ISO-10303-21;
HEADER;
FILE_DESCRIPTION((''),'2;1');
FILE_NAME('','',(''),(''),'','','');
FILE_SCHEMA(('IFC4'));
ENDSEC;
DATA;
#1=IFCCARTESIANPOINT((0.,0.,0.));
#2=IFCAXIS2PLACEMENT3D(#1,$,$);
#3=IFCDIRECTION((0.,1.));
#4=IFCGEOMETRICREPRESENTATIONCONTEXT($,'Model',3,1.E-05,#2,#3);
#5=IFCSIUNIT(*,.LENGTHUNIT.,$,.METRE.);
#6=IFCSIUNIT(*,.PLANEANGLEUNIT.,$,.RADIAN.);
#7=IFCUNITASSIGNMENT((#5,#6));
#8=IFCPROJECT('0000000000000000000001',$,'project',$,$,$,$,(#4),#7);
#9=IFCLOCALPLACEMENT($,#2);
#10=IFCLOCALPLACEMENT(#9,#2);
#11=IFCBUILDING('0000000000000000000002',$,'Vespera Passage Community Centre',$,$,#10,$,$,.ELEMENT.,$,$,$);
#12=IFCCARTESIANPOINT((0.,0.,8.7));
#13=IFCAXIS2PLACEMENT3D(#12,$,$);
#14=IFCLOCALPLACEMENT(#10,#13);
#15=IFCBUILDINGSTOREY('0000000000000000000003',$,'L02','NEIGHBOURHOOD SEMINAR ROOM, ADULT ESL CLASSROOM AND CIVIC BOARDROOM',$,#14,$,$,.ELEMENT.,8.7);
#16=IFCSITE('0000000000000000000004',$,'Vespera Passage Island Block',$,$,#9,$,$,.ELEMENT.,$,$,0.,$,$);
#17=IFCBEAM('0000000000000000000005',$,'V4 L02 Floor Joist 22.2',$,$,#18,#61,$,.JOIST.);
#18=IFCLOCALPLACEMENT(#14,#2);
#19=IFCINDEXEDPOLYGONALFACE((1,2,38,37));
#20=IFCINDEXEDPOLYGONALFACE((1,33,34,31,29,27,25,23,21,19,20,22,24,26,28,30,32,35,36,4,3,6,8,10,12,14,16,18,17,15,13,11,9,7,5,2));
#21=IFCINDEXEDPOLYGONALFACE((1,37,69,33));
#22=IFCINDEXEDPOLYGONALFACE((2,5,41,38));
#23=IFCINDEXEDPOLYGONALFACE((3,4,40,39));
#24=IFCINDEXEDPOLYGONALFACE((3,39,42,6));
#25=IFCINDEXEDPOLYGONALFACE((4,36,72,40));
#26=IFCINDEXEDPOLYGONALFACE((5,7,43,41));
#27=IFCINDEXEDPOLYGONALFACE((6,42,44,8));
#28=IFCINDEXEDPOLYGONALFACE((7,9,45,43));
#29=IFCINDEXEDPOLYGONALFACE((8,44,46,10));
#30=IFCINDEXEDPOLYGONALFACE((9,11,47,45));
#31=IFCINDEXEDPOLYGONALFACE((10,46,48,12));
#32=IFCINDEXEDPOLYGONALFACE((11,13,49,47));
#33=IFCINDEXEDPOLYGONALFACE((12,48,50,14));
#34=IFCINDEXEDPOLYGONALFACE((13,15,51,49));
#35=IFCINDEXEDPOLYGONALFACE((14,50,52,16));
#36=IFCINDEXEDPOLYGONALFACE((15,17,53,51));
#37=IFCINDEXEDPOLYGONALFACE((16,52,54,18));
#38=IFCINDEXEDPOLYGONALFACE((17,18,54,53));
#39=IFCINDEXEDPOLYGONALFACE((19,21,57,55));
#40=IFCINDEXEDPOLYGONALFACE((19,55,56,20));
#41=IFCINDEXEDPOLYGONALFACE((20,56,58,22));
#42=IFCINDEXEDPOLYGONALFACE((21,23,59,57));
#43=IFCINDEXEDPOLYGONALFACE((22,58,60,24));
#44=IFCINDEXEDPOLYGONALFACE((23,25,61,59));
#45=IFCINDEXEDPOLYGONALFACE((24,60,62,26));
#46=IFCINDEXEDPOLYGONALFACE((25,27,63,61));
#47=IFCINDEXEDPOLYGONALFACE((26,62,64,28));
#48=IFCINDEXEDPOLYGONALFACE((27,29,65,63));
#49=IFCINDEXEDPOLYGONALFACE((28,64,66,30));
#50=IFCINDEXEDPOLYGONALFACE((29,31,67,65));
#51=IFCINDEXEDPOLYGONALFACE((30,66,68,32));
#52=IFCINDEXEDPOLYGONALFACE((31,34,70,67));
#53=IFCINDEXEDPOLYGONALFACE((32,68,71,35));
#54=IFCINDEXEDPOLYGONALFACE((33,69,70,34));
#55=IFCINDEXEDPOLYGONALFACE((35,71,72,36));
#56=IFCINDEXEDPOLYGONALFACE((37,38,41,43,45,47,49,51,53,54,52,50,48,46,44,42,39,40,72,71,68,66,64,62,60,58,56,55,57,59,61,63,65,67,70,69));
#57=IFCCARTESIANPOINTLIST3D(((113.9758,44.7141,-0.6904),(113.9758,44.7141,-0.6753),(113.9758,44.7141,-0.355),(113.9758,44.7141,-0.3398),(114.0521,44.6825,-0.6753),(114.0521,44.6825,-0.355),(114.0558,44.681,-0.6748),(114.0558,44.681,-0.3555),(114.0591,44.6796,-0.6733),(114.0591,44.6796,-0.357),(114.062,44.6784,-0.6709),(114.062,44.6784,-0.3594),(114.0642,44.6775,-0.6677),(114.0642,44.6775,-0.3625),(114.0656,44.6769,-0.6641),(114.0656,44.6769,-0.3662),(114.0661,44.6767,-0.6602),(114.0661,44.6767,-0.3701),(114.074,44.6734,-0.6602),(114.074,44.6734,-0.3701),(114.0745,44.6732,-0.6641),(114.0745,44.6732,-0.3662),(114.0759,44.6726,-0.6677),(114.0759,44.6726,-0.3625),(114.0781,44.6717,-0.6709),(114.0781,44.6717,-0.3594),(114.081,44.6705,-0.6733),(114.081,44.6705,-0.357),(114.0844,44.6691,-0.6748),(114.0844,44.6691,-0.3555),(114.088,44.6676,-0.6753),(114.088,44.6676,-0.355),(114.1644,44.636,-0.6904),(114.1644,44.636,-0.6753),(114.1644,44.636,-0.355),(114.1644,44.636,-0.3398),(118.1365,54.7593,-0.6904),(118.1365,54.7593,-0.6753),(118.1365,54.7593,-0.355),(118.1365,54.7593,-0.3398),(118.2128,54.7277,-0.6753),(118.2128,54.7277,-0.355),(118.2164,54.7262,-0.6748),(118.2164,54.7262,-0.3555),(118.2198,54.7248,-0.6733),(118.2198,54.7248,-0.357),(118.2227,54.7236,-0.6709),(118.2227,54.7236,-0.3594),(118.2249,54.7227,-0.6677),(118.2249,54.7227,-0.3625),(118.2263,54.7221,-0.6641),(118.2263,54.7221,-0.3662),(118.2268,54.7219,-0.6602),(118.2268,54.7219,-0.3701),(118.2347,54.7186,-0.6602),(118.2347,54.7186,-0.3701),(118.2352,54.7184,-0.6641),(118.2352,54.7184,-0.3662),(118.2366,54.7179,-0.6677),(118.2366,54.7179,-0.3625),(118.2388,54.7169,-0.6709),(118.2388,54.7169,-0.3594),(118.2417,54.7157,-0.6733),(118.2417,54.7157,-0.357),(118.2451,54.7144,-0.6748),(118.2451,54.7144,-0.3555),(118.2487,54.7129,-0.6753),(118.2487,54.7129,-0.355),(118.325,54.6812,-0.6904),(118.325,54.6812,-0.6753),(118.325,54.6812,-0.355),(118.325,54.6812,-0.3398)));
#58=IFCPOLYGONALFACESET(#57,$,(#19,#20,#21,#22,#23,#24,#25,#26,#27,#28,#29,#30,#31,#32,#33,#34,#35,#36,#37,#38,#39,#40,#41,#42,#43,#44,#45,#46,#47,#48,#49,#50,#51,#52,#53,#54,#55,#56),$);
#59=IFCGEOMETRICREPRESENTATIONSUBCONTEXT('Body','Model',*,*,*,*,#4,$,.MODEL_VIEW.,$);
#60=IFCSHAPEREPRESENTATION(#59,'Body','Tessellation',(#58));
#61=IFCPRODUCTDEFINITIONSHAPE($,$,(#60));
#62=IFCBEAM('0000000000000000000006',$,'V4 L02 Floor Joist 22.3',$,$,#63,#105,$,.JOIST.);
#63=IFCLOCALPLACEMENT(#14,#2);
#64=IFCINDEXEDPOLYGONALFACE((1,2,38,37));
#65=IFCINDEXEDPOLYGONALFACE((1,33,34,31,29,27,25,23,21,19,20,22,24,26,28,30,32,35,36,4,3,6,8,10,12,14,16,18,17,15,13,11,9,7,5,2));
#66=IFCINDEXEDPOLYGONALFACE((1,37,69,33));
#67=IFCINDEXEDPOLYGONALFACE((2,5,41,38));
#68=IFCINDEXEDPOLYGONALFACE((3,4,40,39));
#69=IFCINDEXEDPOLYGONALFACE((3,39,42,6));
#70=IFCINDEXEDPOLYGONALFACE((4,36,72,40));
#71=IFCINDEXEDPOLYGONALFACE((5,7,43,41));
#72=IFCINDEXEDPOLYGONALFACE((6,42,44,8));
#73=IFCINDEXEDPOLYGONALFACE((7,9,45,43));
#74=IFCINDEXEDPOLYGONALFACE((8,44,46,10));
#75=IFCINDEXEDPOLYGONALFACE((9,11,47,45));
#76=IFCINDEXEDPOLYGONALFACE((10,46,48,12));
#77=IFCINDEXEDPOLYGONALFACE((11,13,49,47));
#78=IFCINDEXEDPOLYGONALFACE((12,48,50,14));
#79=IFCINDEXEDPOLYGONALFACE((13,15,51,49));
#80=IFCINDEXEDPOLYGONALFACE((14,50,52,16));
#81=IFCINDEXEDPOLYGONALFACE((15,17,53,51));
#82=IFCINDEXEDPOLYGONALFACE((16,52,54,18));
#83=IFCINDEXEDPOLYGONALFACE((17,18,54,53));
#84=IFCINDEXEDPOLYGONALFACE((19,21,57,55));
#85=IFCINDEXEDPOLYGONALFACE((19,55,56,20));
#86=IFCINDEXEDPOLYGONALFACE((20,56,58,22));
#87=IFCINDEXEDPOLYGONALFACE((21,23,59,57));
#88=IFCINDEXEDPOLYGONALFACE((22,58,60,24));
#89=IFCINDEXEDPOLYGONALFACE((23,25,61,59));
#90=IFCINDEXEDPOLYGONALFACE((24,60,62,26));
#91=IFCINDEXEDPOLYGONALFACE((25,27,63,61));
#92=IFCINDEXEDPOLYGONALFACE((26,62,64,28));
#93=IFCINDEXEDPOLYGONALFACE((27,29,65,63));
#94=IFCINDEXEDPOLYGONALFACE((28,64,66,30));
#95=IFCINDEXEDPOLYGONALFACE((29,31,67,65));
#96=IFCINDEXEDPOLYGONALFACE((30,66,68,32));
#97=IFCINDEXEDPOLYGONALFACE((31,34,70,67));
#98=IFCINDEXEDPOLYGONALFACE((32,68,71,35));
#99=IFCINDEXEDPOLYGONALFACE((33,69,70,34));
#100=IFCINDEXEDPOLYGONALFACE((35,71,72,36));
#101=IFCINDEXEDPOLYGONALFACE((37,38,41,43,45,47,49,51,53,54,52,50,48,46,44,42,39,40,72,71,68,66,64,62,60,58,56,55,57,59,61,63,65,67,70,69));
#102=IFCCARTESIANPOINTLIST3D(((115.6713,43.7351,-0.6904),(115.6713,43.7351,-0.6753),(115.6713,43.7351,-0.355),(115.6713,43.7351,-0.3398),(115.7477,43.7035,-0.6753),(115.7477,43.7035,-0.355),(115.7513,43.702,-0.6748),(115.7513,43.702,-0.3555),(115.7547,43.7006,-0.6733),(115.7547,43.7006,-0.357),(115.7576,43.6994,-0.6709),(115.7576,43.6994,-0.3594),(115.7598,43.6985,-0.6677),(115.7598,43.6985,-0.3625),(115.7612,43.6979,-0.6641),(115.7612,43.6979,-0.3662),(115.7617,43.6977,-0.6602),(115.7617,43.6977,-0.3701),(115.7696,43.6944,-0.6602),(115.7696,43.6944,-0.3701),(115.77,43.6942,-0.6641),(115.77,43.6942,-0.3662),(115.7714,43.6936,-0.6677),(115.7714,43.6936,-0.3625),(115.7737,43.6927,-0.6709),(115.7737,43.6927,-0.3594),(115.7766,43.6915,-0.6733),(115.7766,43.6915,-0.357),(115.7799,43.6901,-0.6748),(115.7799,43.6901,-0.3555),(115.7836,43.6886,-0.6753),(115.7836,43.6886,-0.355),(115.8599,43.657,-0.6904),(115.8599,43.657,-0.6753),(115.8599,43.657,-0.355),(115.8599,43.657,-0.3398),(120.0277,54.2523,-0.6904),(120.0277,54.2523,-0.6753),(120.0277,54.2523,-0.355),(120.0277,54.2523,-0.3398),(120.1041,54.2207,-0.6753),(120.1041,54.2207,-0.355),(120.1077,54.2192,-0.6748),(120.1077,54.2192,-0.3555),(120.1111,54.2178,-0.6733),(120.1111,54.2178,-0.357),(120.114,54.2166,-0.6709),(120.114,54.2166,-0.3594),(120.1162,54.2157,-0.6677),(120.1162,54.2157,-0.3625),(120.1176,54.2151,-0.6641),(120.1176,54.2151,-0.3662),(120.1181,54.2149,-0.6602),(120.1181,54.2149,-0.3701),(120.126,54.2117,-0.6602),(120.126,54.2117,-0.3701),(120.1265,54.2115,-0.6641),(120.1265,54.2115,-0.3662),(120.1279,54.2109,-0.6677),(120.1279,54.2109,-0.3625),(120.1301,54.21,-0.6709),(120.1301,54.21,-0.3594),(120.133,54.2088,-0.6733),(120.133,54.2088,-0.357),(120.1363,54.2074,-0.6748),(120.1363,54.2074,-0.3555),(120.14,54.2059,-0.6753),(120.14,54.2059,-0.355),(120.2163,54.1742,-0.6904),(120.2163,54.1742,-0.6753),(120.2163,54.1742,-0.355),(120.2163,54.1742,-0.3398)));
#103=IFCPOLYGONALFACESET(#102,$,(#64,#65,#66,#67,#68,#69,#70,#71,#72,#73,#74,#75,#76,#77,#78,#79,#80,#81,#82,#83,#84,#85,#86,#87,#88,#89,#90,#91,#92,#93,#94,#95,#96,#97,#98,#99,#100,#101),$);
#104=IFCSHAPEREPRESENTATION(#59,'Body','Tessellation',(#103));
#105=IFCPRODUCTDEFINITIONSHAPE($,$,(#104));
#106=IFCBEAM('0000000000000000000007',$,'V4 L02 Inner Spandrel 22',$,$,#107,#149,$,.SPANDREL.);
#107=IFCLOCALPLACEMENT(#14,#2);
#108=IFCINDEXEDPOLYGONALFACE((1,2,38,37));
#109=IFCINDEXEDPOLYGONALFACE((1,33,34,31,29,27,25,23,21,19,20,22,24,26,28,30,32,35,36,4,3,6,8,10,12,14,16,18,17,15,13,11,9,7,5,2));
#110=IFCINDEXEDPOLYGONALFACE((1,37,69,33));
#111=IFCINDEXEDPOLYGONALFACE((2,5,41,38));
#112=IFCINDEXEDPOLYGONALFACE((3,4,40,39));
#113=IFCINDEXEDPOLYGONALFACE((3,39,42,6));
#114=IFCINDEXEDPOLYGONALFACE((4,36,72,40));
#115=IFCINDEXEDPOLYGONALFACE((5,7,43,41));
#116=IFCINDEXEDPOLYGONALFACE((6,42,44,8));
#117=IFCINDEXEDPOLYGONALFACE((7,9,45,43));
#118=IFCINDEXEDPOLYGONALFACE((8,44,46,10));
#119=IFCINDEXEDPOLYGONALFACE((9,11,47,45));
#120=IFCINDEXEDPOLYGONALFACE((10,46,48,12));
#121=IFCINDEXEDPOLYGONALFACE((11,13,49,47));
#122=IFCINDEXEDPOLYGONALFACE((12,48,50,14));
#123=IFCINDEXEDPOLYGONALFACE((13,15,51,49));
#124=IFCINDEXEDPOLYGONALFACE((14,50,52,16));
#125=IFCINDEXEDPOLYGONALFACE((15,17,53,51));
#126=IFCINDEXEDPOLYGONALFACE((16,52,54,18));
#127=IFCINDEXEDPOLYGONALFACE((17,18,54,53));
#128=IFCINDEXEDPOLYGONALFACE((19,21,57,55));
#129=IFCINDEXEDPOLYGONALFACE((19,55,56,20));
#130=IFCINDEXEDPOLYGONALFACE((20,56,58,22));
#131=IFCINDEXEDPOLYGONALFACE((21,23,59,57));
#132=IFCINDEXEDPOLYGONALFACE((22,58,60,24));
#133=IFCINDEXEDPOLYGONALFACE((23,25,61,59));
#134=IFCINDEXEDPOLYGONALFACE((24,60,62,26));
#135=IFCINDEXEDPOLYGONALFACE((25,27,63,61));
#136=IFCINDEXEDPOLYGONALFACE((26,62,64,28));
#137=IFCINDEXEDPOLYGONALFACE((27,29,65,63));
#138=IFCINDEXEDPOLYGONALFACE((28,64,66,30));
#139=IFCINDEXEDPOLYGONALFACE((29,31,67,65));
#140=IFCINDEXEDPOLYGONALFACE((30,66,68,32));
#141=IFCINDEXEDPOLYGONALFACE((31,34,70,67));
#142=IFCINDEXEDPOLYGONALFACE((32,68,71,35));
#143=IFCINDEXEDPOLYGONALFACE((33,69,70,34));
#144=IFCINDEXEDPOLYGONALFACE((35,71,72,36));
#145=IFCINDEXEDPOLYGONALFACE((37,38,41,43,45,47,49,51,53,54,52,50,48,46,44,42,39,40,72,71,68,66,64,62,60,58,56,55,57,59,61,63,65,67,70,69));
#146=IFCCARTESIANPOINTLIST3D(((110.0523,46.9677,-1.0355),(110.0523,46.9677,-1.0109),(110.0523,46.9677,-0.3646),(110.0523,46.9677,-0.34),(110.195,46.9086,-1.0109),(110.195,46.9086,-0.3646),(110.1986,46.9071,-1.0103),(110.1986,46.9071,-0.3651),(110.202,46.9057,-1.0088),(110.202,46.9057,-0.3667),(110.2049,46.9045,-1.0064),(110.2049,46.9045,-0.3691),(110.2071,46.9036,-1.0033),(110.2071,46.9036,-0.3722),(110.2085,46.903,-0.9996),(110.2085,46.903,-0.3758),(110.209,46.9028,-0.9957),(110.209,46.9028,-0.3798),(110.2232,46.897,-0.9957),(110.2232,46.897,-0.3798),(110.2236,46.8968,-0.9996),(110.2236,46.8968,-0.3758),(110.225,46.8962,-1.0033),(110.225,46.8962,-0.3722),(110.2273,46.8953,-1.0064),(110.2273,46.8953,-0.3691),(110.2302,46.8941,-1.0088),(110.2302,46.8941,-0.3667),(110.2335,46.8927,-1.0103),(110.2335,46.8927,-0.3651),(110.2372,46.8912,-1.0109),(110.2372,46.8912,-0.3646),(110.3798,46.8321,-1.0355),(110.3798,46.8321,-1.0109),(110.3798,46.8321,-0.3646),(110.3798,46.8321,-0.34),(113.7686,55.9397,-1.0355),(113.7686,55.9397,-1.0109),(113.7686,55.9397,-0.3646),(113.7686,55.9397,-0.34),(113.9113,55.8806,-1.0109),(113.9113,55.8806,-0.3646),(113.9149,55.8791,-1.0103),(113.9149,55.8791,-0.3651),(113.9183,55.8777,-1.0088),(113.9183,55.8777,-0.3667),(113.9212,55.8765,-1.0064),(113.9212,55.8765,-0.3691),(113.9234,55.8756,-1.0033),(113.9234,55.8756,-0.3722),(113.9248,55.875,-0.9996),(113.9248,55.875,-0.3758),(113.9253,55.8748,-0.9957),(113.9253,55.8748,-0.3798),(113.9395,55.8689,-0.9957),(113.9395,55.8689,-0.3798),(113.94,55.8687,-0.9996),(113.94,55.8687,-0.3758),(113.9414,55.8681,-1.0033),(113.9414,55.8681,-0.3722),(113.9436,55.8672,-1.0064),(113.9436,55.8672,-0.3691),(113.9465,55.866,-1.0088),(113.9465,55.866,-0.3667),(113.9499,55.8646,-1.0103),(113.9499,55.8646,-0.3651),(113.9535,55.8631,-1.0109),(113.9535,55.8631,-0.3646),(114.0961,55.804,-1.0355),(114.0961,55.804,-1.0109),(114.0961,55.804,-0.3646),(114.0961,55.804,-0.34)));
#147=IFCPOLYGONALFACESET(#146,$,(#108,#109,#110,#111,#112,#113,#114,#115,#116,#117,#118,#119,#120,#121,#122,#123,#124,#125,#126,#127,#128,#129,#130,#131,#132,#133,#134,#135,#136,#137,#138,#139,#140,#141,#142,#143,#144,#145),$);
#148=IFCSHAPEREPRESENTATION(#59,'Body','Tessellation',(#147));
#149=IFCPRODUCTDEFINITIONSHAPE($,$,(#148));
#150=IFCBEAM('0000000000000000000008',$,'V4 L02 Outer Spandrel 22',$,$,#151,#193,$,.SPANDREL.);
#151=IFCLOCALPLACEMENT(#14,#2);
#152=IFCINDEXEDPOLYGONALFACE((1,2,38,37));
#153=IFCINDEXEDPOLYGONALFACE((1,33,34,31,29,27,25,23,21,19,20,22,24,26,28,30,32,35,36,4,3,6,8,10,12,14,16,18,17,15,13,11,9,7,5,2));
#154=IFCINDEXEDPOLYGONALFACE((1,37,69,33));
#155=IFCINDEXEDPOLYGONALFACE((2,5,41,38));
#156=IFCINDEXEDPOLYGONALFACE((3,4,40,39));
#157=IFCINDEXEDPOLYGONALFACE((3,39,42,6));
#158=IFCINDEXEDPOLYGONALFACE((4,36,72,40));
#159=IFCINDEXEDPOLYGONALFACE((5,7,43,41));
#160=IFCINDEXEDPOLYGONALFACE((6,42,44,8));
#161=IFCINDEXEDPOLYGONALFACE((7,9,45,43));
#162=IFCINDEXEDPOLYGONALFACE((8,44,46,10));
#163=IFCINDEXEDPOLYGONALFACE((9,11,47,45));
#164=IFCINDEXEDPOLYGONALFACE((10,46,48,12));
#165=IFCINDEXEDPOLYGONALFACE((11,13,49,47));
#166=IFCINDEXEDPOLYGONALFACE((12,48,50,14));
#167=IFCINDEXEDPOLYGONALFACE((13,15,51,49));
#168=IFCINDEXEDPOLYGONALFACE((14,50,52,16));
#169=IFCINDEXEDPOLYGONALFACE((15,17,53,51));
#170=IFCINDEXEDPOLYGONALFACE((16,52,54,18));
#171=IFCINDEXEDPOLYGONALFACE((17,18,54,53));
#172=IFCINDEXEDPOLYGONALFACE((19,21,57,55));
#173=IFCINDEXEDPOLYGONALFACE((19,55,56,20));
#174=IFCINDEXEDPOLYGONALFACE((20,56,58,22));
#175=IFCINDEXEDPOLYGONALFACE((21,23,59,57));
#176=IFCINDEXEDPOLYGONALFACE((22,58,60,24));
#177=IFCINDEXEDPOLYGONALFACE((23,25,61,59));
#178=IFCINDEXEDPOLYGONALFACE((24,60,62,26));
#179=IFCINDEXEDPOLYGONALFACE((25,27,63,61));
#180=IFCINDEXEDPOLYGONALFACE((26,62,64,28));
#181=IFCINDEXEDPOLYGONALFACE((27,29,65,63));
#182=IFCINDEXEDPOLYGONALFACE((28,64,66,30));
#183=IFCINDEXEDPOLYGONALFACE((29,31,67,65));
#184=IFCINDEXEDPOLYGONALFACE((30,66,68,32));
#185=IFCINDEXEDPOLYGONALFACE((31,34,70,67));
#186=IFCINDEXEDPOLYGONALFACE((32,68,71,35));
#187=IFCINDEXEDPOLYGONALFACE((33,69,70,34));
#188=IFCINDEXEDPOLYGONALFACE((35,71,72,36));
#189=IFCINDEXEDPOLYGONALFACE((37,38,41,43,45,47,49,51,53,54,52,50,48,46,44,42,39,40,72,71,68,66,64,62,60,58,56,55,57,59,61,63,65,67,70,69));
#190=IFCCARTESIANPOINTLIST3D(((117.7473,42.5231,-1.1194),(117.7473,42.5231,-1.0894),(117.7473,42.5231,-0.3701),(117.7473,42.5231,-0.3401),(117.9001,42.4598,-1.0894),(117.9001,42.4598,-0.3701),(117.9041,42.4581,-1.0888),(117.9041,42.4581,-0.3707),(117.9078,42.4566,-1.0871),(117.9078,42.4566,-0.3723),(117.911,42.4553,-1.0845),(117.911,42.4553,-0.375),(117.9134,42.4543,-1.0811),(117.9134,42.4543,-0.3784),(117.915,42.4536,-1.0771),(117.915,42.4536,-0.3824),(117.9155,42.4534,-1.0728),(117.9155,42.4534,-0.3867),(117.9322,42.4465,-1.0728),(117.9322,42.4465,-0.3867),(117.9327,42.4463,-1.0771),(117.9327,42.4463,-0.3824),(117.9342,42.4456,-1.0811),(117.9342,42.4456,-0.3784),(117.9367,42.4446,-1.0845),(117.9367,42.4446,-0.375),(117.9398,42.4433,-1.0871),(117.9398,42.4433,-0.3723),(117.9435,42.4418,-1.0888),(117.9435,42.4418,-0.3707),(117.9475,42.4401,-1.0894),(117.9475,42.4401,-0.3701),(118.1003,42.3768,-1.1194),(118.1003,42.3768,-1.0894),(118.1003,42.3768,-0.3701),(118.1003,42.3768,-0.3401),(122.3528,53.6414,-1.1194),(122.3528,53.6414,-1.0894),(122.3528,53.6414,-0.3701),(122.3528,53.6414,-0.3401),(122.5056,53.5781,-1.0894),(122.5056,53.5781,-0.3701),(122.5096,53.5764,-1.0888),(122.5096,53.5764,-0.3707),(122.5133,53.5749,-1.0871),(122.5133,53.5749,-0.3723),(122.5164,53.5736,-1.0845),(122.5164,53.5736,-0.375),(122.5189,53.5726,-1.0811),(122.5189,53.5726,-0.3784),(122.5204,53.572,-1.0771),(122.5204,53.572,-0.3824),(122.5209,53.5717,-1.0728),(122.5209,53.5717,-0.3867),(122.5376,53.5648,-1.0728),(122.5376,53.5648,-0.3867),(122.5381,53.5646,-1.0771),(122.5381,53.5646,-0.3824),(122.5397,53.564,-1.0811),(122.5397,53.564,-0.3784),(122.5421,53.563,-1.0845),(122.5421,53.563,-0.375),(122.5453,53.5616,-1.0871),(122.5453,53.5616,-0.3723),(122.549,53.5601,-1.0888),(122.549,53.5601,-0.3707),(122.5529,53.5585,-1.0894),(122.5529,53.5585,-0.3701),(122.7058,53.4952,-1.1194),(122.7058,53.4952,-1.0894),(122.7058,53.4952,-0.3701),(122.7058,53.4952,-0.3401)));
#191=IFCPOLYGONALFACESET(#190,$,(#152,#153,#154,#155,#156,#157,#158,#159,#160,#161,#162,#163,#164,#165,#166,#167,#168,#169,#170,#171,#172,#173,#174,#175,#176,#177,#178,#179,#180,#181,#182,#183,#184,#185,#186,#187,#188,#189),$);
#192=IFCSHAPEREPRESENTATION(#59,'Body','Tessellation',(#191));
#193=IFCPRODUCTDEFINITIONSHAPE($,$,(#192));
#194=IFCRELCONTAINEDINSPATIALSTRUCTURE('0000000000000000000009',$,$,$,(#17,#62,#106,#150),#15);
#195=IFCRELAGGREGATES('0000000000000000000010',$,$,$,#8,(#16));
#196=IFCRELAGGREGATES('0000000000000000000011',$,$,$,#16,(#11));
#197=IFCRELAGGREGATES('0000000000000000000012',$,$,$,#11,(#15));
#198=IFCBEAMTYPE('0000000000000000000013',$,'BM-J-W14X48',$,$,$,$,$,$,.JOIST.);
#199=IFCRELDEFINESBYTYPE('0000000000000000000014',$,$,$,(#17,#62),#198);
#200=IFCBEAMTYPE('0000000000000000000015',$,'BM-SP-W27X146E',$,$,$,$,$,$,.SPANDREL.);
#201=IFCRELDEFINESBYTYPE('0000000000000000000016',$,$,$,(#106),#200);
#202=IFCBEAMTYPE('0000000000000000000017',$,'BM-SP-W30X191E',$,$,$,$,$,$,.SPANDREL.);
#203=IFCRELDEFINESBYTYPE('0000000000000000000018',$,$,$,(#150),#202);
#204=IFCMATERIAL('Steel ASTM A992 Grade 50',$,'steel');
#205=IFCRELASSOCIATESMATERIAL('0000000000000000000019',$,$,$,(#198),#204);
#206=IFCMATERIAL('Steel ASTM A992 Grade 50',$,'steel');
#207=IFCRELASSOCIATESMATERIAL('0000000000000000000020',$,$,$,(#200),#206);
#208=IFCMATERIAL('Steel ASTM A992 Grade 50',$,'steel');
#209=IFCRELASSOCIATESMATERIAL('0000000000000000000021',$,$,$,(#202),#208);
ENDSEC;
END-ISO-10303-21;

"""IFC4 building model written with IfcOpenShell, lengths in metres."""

from ifc_helpers import new_model, si_unit, direction, frame, origin, origin_2d, place, context, subcontext, project, spatial, i_section, extrude, material, material_profile, profile_set, type_object, element, save


model = new_model("IFC4")

# Units and contexts
model_context = context("Model", 3, precision=1e-05, world=origin(), true_north=direction((0.0, 1.0)))
body_context = subcontext(model_context, "Body", "Model", "MODEL_VIEW")
ifc_project = project(units=[si_unit("LENGTHUNIT", "METRE"), si_unit("PLANEANGLEUNIT", "RADIAN")], contexts=[model_context])

# Site, building, storey
site_placement = place(None, origin())
site = spatial("IfcSite", under=ifc_project, at=site_placement, Name="Vespera Passage Island Block", CompositionType="ELEMENT", RefElevation=0.0)
building_placement = place(site_placement, origin())
building = spatial("IfcBuilding", under=site, at=building_placement, Name="Vespera Passage Community Centre", CompositionType="ELEMENT")
storey_placement = place(building_placement, frame((0.0, 0.0, 8.7)))
storey = spatial("IfcBuildingStorey", under=building, at=storey_placement, Name="L02", Description="NEIGHBOURHOOD SEMINAR ROOM, ADULT ESL CLASSROOM AND CIVIC BOARDROOM", CompositionType="ELEMENT", Elevation=8.7)

# Beams
ifc_material_1 = material(Name="Steel ASTM A992 Grade 50", Category="steel")
ifc_material_profile_1 = material_profile(ifc_material_1, i_section(OverallWidth=0.2041, OverallDepth=0.3506, WebThickness=0.0085, FlangeThickness=0.0151, FilletRadius=0.0151, at=origin_2d()), Name="W14X48")
ifc_profile_set_1 = profile_set([ifc_material_profile_1], Name="Steel ASTM A992 Grade 50")
beam_type_1 = type_object("IfcBeamType", Name="BM-J-W14X48", PredefinedType="JOIST", material=ifc_profile_set_1)
beam_1_placement = place(storey_placement, frame((114.0701, 44.675, -0.5151), z_axis=(0.382668, 0.923886, 0.0), x_axis=(-0.923886, 0.382668, 0.0)))
element("IfcBeam", 1, at=beam_1_placement, inside=storey, type_object=beam_type_1, Name="V4 L02 Floor Joist 22.2", PredefinedType="JOIST", context=body_context, shape_type="SweptSolid", body=[
    extrude(i_section(OverallWidth=0.2041, OverallDepth=0.3506, WebThickness=0.0085, FlangeThickness=0.0151, FilletRadius=0.0151, at=origin_2d()), origin(), (0.0, 0.0, 1.0), 10.8728),
])
beam_2_placement = place(storey_placement, frame((115.7656, 43.696, -0.5151), z_axis=(0.382685, 0.923879, 0.0), x_axis=(-0.923879, 0.382685, 0.0)))
element("IfcBeam", 2, at=beam_2_placement, inside=storey, type_object=beam_type_1, Name="V4 L02 Floor Joist 22.3", PredefinedType="JOIST", context=body_context, shape_type="SweptSolid", body=[
    extrude(i_section(OverallWidth=0.2041, OverallDepth=0.3506, WebThickness=0.0085, FlangeThickness=0.0151, FilletRadius=0.0151, at=origin_2d()), origin(), (0.0, 0.0, 1.0), 11.3838),
])
ifc_material_2 = material(Name="Steel ASTM A992 Grade 50", Category="steel")
ifc_material_profile_2 = material_profile(ifc_material_2, i_section(OverallWidth=0.3545, OverallDepth=0.6956, WebThickness=0.0154, FlangeThickness=0.0247, FilletRadius=0.0151, at=origin_2d()), Name="W27X146")
ifc_profile_set_2 = profile_set([ifc_material_profile_2], Name="Steel ASTM A992 Grade 50")
beam_type_2 = type_object("IfcBeamType", Name="BM-SP-W27X146E", PredefinedType="SPANDREL", material=ifc_profile_set_2)
beam_3_placement = place(storey_placement, frame((110.2161, 46.8999, -0.6877), z_axis=(0.382685, 0.923879, 0.0), x_axis=(-0.923879, 0.382685, 0.0)))
element("IfcBeam", 3, at=beam_3_placement, inside=storey, type_object=beam_type_2, Name="V4 L02 Inner Spandrel 22", PredefinedType="SPANDREL", context=body_context, shape_type="SweptSolid", body=[
    extrude(i_section(OverallWidth=0.3545, OverallDepth=0.6956, WebThickness=0.0154, FlangeThickness=0.0247, FilletRadius=0.0151, at=origin_2d()), origin(), (0.0, 0.0, 1.0), 9.7112),
])
ifc_material_3 = material(Name="Steel ASTM A992 Grade 50", Category="steel")
ifc_material_profile_3 = material_profile(ifc_material_3, i_section(OverallWidth=0.3821, OverallDepth=0.7793, WebThickness=0.0181, FlangeThickness=0.03, FilletRadius=0.0166, at=origin_2d()), Name="W30X191")
ifc_profile_set_3 = profile_set([ifc_material_profile_3], Name="Steel ASTM A992 Grade 50")
beam_type_3 = type_object("IfcBeamType", Name="BM-SP-W30X191E", PredefinedType="SPANDREL", material=ifc_profile_set_3)
beam_4_placement = place(storey_placement, frame((117.9238, 42.45, -0.7297), z_axis=(0.382689, 0.923877, 0.0), x_axis=(-0.923877, 0.382689, 0.0)))
element("IfcBeam", 4, at=beam_4_placement, inside=storey, type_object=beam_type_3, Name="V4 L02 Outer Spandrel 22", PredefinedType="SPANDREL", context=body_context, shape_type="SweptSolid", body=[
    extrude(i_section(OverallWidth=0.3821, OverallDepth=0.7793, WebThickness=0.0181, FlangeThickness=0.03, FilletRadius=0.0166, at=origin_2d()), origin(), (0.0, 0.0, 1.0), 12.0344),
])

save(model, "model.ifc")
